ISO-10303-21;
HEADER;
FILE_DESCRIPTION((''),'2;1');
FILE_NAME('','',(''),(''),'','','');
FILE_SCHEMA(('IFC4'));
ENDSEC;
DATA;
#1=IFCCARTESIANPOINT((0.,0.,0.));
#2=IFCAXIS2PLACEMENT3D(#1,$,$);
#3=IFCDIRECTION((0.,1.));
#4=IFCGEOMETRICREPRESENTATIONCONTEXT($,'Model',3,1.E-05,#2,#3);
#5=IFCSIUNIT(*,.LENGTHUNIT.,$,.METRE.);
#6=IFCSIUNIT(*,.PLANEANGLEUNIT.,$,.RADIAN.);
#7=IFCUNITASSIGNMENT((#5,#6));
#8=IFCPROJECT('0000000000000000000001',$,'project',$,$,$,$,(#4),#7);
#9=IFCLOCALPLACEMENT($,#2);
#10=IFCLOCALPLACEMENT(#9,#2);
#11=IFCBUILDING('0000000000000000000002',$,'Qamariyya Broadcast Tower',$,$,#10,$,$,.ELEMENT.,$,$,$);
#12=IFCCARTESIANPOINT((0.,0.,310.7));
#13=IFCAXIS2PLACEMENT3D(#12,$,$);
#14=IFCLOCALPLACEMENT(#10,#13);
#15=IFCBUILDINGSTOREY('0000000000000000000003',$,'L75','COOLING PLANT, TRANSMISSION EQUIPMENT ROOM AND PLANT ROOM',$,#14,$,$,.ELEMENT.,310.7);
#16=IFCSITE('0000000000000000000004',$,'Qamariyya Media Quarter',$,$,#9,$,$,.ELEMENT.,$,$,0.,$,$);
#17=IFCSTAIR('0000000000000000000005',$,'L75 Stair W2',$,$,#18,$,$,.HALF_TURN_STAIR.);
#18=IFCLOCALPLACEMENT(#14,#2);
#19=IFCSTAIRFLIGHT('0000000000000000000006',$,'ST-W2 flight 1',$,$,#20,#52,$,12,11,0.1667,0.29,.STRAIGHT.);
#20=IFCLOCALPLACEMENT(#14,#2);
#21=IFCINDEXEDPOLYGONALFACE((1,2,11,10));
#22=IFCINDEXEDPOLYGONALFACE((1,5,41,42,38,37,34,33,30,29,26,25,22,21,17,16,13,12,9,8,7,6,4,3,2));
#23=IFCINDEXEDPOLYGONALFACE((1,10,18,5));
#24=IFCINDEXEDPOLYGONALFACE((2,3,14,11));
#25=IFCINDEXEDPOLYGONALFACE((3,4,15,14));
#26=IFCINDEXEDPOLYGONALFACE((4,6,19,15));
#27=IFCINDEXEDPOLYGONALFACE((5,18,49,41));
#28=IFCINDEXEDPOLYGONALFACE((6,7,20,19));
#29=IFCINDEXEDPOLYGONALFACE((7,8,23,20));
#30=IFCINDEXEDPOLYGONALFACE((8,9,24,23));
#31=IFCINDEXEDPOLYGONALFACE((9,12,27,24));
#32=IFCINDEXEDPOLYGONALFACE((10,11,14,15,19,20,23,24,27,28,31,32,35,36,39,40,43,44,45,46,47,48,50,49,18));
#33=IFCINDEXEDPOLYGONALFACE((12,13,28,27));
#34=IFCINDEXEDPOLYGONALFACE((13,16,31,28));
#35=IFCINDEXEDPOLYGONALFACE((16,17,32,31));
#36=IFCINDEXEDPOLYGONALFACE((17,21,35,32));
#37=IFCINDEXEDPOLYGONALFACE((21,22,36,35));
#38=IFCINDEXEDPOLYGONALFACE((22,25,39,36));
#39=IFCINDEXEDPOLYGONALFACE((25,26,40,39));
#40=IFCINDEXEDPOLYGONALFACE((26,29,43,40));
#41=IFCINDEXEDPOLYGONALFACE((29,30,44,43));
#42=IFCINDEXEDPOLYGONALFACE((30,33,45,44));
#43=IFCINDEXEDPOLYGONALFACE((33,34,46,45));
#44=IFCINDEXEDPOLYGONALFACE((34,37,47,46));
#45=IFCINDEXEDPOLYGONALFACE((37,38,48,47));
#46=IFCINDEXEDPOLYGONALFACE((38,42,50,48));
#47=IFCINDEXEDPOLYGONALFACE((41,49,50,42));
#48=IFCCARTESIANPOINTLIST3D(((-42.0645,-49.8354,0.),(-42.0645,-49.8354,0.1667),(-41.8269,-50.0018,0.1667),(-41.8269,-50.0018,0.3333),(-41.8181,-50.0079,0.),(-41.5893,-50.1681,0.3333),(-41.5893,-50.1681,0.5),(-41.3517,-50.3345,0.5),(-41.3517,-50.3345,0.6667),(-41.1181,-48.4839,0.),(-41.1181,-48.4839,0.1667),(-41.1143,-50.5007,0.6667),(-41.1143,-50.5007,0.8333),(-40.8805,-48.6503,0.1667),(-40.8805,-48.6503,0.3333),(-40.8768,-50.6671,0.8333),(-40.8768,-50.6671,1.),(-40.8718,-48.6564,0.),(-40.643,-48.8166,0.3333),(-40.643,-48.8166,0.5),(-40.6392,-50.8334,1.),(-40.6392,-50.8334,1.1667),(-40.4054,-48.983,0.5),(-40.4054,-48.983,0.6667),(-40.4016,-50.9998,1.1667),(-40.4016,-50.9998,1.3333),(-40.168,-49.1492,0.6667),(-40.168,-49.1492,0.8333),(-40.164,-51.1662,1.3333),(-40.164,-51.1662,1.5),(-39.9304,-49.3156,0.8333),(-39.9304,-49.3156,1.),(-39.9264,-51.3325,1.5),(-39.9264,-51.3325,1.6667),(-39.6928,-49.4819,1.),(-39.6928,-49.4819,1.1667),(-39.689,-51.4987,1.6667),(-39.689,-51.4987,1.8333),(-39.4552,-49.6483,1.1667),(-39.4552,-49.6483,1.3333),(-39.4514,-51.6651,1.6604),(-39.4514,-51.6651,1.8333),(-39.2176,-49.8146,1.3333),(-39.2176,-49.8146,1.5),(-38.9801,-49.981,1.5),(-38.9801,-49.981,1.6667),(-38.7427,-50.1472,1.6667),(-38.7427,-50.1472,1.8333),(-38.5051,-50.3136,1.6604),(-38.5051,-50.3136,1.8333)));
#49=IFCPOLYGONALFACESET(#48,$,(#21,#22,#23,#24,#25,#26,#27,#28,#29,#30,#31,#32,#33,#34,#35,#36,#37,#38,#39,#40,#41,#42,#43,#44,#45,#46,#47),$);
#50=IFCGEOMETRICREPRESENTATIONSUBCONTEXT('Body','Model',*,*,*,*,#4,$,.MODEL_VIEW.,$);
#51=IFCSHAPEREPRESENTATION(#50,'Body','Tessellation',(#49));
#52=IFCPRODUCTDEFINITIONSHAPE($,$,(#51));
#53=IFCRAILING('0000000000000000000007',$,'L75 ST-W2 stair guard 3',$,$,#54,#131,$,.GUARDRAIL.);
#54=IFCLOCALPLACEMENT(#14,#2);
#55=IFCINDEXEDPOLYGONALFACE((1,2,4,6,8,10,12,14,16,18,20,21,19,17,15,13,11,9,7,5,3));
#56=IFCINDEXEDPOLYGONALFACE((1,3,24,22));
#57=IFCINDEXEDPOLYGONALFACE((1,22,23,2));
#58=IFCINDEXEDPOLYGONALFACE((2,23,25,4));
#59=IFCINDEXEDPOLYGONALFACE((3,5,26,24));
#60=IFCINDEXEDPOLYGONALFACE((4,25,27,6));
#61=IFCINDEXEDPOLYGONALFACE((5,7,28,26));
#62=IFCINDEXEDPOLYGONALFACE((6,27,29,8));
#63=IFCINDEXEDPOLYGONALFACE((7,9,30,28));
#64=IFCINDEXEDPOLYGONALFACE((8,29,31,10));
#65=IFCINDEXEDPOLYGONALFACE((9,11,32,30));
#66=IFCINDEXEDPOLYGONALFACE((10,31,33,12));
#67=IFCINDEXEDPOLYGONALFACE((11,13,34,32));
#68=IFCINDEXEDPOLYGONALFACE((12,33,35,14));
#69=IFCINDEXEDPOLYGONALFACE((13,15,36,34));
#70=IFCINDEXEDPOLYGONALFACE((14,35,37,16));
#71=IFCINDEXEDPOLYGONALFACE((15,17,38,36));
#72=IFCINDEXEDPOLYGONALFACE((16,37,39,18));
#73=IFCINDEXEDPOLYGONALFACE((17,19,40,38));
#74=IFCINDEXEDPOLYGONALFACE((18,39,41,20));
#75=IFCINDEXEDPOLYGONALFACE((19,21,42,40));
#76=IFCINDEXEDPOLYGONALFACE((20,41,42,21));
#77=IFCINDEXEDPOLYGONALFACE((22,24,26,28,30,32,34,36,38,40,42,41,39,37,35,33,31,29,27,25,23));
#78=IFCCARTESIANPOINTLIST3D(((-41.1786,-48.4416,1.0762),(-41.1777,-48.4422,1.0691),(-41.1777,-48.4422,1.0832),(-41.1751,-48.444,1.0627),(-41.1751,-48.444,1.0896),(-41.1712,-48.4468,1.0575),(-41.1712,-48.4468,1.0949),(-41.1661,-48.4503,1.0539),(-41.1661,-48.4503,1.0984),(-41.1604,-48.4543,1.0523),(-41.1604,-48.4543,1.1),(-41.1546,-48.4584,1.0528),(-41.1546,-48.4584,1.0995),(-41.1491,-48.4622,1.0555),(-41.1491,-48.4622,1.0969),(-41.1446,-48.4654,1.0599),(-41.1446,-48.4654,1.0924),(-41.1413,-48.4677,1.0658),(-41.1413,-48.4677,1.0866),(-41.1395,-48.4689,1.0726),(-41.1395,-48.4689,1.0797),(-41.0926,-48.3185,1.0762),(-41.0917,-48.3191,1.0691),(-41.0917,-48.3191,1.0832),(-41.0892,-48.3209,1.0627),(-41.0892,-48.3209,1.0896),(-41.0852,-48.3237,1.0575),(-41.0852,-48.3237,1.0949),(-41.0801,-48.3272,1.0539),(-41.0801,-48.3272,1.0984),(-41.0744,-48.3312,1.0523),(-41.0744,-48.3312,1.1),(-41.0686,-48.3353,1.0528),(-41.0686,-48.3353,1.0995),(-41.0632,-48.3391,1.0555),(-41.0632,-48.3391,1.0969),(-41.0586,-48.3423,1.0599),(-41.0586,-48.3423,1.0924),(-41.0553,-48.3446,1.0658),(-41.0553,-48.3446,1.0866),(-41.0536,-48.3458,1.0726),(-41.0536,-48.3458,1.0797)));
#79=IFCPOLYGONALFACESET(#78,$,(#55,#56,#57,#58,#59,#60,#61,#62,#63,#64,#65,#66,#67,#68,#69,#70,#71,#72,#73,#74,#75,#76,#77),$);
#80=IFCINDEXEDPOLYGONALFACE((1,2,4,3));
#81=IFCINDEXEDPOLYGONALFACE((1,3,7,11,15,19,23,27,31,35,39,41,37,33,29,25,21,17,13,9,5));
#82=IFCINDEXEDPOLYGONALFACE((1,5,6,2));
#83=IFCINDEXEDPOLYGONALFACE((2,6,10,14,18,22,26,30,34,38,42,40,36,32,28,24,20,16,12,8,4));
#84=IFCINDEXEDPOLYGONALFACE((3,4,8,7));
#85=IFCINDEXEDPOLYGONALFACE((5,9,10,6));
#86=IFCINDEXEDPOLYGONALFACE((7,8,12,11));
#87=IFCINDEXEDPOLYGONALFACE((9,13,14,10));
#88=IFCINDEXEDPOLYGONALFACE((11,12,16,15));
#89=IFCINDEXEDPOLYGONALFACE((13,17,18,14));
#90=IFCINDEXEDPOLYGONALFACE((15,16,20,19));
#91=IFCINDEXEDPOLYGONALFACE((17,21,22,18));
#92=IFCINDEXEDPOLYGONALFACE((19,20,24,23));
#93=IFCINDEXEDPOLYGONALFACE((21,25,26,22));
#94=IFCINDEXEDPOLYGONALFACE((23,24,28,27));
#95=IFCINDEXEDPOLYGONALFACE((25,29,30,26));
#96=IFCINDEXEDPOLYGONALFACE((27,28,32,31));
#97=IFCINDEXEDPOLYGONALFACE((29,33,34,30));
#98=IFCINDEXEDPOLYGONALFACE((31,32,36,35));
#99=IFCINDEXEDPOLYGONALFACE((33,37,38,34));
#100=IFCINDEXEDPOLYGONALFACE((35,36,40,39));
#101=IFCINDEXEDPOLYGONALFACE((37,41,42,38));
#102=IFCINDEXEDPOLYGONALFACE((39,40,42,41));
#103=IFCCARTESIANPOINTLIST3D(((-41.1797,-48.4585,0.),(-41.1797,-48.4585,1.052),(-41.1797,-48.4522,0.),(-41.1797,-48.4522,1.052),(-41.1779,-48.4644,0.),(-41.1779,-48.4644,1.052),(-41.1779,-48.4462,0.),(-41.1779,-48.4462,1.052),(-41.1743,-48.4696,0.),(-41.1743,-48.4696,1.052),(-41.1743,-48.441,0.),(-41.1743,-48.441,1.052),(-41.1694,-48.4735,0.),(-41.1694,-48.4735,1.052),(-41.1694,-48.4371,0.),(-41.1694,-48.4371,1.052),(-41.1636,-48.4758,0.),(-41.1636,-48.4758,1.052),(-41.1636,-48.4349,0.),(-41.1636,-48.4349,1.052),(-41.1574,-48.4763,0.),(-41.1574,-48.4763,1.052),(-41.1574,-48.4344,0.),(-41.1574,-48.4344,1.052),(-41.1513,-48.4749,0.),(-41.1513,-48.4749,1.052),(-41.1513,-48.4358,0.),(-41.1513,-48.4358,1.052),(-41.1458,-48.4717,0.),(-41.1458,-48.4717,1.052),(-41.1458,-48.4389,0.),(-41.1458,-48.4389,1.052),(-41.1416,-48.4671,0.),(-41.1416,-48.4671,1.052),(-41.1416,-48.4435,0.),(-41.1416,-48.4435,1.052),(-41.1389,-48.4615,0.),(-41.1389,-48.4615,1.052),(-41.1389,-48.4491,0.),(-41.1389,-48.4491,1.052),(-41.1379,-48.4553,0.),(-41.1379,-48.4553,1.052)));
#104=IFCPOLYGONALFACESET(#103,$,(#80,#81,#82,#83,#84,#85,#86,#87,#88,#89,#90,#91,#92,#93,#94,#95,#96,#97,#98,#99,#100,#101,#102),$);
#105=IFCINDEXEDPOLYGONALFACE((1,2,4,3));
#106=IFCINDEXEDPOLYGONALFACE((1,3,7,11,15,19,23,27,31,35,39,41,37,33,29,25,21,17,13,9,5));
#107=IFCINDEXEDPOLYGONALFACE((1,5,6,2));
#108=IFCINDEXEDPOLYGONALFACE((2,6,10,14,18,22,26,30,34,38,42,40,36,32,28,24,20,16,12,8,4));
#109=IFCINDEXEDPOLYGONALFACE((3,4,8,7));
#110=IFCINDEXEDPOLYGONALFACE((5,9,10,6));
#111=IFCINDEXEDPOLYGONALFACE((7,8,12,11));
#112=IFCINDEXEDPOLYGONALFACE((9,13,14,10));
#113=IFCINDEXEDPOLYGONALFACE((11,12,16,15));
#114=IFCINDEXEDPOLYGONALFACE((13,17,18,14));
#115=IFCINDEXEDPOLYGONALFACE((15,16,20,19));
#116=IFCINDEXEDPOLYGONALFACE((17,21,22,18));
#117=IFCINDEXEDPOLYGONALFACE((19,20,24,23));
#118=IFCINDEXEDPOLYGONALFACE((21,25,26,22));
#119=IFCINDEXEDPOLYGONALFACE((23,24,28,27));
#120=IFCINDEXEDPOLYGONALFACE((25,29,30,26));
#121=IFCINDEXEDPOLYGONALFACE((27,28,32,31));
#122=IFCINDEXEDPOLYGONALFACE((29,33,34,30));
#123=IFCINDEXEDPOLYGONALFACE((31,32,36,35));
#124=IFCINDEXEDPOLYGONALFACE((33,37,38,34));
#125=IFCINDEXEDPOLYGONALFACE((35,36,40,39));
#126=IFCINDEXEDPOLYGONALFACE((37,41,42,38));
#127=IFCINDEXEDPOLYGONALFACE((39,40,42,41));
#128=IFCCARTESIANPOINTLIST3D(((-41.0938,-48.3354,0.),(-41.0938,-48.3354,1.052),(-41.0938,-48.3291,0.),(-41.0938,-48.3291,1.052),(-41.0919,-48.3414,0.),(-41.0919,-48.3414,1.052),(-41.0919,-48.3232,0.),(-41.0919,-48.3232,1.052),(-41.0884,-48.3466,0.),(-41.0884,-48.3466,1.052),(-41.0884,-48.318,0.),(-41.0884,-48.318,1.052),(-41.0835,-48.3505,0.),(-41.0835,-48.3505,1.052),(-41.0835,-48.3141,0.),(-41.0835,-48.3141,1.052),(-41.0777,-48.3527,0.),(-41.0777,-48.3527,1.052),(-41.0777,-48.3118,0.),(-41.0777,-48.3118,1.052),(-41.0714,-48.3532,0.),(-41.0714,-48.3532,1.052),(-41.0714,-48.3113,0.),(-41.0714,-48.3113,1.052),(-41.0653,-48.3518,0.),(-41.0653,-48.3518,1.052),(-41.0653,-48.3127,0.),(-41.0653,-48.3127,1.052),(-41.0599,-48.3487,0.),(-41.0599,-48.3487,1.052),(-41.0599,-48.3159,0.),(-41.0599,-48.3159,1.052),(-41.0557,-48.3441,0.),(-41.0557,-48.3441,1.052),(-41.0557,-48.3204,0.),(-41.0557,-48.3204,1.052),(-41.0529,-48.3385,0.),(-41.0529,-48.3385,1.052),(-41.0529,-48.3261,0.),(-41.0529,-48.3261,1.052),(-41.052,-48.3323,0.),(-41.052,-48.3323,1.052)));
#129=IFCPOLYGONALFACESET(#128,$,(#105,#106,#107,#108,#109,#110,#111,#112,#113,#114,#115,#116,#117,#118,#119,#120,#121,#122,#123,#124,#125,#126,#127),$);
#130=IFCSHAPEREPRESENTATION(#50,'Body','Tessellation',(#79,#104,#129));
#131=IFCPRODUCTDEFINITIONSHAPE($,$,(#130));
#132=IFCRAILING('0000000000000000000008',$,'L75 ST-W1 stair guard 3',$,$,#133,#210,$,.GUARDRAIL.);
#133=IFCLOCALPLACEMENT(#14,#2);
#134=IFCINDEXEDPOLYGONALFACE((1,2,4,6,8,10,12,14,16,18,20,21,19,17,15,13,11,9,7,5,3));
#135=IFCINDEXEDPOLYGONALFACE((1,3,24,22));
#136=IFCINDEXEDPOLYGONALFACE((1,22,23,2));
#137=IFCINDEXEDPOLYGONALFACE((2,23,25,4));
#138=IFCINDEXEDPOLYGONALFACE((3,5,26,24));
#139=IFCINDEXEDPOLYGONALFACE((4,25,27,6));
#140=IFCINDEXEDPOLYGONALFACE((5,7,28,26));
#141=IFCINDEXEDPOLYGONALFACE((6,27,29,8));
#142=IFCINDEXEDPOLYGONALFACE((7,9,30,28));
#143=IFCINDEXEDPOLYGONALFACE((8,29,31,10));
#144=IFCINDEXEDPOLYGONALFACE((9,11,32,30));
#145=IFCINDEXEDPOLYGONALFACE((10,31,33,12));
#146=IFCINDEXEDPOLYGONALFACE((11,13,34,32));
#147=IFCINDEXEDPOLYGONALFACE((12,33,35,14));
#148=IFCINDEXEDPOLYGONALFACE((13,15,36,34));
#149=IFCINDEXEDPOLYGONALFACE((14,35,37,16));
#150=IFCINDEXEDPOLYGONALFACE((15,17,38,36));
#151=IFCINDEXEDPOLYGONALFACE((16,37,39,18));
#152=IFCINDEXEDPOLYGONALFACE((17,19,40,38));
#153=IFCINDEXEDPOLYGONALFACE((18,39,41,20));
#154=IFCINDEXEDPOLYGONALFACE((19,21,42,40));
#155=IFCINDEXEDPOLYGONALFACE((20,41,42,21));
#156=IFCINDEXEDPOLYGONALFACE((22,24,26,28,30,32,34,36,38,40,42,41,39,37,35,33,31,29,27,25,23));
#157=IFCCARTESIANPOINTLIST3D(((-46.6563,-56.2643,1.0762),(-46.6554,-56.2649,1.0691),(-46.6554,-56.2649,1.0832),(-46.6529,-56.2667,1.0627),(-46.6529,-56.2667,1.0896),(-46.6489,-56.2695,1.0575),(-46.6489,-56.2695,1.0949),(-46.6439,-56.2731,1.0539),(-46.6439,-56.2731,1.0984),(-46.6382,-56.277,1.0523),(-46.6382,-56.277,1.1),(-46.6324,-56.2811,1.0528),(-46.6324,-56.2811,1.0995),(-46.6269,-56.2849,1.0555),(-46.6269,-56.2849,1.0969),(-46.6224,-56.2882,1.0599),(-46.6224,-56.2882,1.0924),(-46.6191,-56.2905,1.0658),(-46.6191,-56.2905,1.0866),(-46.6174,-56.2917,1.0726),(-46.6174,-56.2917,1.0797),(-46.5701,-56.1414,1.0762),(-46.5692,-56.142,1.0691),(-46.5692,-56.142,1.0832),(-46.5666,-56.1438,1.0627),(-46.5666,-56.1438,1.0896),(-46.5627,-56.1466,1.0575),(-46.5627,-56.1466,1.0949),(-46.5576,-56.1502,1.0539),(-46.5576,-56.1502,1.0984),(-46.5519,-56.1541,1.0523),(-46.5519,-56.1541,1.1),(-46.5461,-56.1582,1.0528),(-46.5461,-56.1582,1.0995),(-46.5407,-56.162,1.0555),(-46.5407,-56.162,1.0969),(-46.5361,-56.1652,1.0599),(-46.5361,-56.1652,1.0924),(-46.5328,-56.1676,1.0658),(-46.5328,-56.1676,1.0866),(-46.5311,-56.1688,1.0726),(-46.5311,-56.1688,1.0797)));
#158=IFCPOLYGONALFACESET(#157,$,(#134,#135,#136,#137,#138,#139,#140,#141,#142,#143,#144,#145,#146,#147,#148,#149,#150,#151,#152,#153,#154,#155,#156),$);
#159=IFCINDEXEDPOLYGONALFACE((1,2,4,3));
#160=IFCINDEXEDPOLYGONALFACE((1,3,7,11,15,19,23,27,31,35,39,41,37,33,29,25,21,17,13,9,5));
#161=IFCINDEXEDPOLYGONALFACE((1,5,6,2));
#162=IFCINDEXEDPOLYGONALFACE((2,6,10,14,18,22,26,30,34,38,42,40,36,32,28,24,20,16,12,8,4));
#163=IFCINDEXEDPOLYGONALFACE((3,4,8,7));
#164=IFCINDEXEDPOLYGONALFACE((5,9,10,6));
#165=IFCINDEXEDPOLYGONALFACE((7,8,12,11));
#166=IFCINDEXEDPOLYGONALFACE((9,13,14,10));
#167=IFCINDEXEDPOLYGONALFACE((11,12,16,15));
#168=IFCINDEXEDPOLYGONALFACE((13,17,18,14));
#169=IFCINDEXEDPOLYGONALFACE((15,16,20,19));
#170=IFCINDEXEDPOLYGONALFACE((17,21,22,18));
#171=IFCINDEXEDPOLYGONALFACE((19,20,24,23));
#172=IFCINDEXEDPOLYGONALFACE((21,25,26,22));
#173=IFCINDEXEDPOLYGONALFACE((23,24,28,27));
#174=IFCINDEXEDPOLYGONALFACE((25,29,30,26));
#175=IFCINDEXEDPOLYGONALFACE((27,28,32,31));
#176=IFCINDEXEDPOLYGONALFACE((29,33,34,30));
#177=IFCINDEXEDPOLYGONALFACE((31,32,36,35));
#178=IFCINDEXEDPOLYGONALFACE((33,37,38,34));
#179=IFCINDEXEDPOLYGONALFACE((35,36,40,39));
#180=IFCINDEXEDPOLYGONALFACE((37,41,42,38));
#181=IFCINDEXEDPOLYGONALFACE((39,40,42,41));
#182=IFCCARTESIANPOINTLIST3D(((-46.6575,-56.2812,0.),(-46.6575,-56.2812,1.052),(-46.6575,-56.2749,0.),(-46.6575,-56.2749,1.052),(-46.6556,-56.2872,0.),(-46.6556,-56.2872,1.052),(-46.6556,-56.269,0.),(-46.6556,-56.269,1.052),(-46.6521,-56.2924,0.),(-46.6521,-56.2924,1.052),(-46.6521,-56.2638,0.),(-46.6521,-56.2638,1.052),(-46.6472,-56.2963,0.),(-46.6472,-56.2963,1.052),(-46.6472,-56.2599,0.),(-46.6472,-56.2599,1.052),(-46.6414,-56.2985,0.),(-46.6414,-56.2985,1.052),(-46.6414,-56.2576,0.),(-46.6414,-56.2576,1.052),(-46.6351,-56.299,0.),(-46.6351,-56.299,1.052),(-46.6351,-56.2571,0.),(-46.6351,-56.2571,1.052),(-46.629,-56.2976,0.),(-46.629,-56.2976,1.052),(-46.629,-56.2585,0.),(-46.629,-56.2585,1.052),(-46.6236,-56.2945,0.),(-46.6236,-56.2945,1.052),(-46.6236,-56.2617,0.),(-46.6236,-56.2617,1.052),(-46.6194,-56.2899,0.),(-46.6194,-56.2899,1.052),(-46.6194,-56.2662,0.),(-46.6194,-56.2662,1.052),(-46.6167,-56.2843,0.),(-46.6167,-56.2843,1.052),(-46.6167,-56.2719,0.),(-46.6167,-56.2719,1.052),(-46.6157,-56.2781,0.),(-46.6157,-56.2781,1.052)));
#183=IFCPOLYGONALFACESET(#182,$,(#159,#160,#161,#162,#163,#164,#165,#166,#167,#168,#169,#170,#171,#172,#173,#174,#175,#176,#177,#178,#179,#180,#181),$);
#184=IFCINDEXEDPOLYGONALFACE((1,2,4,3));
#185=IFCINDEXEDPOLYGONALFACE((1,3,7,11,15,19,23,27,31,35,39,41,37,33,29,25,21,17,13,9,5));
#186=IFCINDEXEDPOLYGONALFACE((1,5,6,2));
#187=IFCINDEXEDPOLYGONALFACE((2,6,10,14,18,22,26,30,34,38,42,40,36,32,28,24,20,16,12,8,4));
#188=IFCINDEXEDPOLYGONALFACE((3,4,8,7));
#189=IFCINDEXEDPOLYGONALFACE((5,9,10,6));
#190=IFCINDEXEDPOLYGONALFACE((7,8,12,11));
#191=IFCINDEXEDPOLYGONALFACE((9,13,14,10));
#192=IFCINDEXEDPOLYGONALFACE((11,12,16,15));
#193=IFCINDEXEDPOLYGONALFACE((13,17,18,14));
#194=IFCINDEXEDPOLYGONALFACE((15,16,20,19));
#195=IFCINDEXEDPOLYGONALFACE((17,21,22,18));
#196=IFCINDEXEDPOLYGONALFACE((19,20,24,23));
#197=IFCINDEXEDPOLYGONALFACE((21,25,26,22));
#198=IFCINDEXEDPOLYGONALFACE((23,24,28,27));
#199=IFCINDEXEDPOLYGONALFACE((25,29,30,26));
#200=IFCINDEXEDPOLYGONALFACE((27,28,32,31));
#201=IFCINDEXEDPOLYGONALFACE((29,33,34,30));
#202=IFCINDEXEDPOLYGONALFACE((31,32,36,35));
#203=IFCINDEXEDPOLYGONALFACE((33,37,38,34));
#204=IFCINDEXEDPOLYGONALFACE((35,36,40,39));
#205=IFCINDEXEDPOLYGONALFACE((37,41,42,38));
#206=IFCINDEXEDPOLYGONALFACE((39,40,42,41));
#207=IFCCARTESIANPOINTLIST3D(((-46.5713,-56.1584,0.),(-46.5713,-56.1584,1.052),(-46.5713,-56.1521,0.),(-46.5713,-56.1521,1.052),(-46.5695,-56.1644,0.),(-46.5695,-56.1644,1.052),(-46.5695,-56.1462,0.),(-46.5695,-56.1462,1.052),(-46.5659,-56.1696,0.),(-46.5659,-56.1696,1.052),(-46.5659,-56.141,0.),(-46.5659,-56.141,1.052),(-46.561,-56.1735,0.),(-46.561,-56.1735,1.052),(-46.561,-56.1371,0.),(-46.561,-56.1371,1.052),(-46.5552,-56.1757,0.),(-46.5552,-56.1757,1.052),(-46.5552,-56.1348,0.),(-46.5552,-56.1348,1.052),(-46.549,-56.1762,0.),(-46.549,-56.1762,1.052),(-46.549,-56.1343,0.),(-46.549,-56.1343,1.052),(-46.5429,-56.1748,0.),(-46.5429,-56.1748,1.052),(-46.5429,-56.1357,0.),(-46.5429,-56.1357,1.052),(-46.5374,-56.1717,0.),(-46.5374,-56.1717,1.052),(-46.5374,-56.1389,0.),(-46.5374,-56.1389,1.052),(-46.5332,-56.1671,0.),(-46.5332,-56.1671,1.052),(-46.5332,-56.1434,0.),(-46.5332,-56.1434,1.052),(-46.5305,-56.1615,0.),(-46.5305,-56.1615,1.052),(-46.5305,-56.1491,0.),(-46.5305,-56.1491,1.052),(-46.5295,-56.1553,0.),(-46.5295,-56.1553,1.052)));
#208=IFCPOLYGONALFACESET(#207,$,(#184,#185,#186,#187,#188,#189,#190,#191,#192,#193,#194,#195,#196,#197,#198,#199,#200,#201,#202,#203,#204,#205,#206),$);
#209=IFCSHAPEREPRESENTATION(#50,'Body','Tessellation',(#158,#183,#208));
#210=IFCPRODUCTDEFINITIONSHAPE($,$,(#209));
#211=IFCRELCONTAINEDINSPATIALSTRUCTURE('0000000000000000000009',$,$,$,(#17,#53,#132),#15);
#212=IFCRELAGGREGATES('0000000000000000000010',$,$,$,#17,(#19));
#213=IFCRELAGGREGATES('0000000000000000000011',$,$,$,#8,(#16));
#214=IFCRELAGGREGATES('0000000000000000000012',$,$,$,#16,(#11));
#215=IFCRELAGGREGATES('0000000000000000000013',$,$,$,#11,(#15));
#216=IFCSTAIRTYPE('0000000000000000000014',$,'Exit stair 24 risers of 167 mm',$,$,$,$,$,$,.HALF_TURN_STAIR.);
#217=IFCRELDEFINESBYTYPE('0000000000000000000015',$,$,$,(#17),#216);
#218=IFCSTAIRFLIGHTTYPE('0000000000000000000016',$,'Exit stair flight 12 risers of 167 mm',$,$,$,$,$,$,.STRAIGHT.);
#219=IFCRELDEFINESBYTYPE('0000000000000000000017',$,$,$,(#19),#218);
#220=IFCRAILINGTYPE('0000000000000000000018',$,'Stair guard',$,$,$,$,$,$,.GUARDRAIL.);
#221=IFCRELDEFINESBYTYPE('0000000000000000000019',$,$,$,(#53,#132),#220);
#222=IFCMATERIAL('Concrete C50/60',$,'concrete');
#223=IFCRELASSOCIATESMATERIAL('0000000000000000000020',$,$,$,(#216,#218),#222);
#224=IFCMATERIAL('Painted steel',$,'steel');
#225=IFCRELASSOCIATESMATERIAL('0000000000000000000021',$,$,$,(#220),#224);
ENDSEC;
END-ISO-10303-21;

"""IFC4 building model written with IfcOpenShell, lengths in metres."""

from ifc_helpers import new_model, si_unit, direction, frame, origin, origin_2d, place, context, subcontext, project, spatial, polyline, circle, outline, extrude, material, type_object, element, aggregate, save


model = new_model("IFC4")

# Units and contexts
model_context = context("Model", 3, precision=1e-05, world=origin(), true_north=direction((0.0, 1.0)))
body_context = subcontext(model_context, "Body", "Model", "MODEL_VIEW")
ifc_project = project(units=[si_unit("LENGTHUNIT", "METRE"), si_unit("PLANEANGLEUNIT", "RADIAN")], contexts=[model_context])

# Site, building, storey
site_placement = place(None, origin())
site = spatial("IfcSite", under=ifc_project, at=site_placement, Name="Qamariyya Media Quarter", CompositionType="ELEMENT", RefElevation=0.0)
building_placement = place(site_placement, origin())
building = spatial("IfcBuilding", under=site, at=building_placement, Name="Qamariyya Broadcast Tower", CompositionType="ELEMENT")
storey_placement = place(building_placement, frame((0.0, 0.0, 310.7)))
storey = spatial("IfcBuildingStorey", under=building, at=storey_placement, Name="L75", Description="COOLING PLANT, TRANSMISSION EQUIPMENT ROOM AND PLANT ROOM", CompositionType="ELEMENT", Elevation=310.7)

# Shared definitions
ifc_material_1 = material(Name="Concrete C50/60", Category="concrete")

# Stair, stair flight
stair_type = type_object("IfcStairType", Name="Exit stair 24 risers of 167 mm", PredefinedType="HALF_TURN_STAIR", material=ifc_material_1)
stair_placement = place(storey_placement, origin())
stair = element("IfcStair", 1, at=stair_placement, inside=storey, type_object=stair_type, Name="L75 Stair W2", PredefinedType="HALF_TURN_STAIR")
stair_flight_type = type_object("IfcStairFlightType", Name="Exit stair flight 12 risers of 167 mm", PredefinedType="STRAIGHT", material=ifc_material_1)
stair_flight_placement = place(storey_placement, frame((-41.5913, -49.1597, 0.0), z_axis=(0.0, 0.0, 1.0), x_axis=(0.819152, -0.573576, 0.0)))
stair_flight = element("IfcStairFlight", 2, at=stair_flight_placement, type_object=stair_flight_type, Name="ST-W2 flight 1", NumberOfRisers=12, NumberOfTreads=11, PredefinedType="STRAIGHT", RiserHeight=0.1667, TreadLength=0.29, context=body_context, shape_type="SweptSolid", body=[
    extrude(outline(polyline([(0.0, 0.0), (0.0, 0.1667), (0.29, 0.1667), (0.29, 0.3333), (0.5801, 0.3333), (0.5801, 0.5), (0.8701, 0.5), (0.8701, 0.6667), (1.1599, 0.6667), (1.1599, 0.8333), (1.45, 0.8333), (1.45, 1.0), (1.74, 1.0), (1.74, 1.1667), (2.03, 1.1667), (2.03, 1.3333), (2.3201, 1.3333), (2.3201, 1.5), (2.6101, 1.5), (2.6101, 1.6667), (2.8999, 1.6667), (2.8999, 1.8333), (3.1899, 1.8333), (3.1899, 2.0), (3.1899, 1.6604), (0.3008, 0.0), (0.0, 0.0)])), frame((0.0, 0.825, 0.0), z_axis=(0.0, -1.0, 0.0), x_axis=(1.0, 0.0, 0.0)), (0.0, 0.0, 1.0), 1.6499),
])
aggregate(stair, [stair_flight])

# Railings
ifc_material_2 = material(Name="Painted steel", Category="steel")
railing_type_1 = type_object("IfcRailingType", Name="Stair guard", PredefinedType="GUARDRAIL", material=ifc_material_2)
railing_1_placement = place(storey_placement, frame((-41.1589, -48.4553, 0.0)))
element("IfcRailing", 3, at=railing_1_placement, inside=storey, type_object=railing_type_1, Name="L75 ST-W2 stair guard 3", PredefinedType="GUARDRAIL", context=body_context, shape_type="SweptSolid", body=[
    extrude(circle(Radius=0.0239, at=origin_2d()), frame((0.0, 0.0, 1.0762), z_axis=(0.572589, 0.819843, 0.0), x_axis=(-0.819843, 0.572589, 0.0)), (0.0, 0.0, 1.0), 0.1501),
    extrude(circle(Radius=0.021, at=origin_2d()), origin(), (0.0, 0.0, 1.0), 1.052),
    extrude(circle(Radius=0.021, at=origin_2d()), frame((0.0859, 0.123, 0.0)), (0.0, 0.0, 1.0), 1.052),
])
railing_2_placement = place(storey_placement, frame((-46.6367, -56.2781, 0.0)))
element("IfcRailing", 4, at=railing_2_placement, inside=storey, type_object=railing_type_1, Name="L75 ST-W1 stair guard 3", PredefinedType="GUARDRAIL", context=body_context, shape_type="SweptSolid", body=[
    extrude(circle(Radius=0.0239, at=origin_2d()), frame((0.0, 0.0, 1.0762), z_axis=(0.574445, 0.818543, 0.0), x_axis=(-0.818543, 0.574445, 0.0)), (0.0, 0.0, 1.0), 0.1501),
    extrude(circle(Radius=0.021, at=origin_2d()), origin(), (0.0, 0.0, 1.0), 1.052),
    extrude(circle(Radius=0.021, at=origin_2d()), frame((0.0862, 0.1228, 0.0)), (0.0, 0.0, 1.0), 1.052),
])

save(model, "model.ifc")
